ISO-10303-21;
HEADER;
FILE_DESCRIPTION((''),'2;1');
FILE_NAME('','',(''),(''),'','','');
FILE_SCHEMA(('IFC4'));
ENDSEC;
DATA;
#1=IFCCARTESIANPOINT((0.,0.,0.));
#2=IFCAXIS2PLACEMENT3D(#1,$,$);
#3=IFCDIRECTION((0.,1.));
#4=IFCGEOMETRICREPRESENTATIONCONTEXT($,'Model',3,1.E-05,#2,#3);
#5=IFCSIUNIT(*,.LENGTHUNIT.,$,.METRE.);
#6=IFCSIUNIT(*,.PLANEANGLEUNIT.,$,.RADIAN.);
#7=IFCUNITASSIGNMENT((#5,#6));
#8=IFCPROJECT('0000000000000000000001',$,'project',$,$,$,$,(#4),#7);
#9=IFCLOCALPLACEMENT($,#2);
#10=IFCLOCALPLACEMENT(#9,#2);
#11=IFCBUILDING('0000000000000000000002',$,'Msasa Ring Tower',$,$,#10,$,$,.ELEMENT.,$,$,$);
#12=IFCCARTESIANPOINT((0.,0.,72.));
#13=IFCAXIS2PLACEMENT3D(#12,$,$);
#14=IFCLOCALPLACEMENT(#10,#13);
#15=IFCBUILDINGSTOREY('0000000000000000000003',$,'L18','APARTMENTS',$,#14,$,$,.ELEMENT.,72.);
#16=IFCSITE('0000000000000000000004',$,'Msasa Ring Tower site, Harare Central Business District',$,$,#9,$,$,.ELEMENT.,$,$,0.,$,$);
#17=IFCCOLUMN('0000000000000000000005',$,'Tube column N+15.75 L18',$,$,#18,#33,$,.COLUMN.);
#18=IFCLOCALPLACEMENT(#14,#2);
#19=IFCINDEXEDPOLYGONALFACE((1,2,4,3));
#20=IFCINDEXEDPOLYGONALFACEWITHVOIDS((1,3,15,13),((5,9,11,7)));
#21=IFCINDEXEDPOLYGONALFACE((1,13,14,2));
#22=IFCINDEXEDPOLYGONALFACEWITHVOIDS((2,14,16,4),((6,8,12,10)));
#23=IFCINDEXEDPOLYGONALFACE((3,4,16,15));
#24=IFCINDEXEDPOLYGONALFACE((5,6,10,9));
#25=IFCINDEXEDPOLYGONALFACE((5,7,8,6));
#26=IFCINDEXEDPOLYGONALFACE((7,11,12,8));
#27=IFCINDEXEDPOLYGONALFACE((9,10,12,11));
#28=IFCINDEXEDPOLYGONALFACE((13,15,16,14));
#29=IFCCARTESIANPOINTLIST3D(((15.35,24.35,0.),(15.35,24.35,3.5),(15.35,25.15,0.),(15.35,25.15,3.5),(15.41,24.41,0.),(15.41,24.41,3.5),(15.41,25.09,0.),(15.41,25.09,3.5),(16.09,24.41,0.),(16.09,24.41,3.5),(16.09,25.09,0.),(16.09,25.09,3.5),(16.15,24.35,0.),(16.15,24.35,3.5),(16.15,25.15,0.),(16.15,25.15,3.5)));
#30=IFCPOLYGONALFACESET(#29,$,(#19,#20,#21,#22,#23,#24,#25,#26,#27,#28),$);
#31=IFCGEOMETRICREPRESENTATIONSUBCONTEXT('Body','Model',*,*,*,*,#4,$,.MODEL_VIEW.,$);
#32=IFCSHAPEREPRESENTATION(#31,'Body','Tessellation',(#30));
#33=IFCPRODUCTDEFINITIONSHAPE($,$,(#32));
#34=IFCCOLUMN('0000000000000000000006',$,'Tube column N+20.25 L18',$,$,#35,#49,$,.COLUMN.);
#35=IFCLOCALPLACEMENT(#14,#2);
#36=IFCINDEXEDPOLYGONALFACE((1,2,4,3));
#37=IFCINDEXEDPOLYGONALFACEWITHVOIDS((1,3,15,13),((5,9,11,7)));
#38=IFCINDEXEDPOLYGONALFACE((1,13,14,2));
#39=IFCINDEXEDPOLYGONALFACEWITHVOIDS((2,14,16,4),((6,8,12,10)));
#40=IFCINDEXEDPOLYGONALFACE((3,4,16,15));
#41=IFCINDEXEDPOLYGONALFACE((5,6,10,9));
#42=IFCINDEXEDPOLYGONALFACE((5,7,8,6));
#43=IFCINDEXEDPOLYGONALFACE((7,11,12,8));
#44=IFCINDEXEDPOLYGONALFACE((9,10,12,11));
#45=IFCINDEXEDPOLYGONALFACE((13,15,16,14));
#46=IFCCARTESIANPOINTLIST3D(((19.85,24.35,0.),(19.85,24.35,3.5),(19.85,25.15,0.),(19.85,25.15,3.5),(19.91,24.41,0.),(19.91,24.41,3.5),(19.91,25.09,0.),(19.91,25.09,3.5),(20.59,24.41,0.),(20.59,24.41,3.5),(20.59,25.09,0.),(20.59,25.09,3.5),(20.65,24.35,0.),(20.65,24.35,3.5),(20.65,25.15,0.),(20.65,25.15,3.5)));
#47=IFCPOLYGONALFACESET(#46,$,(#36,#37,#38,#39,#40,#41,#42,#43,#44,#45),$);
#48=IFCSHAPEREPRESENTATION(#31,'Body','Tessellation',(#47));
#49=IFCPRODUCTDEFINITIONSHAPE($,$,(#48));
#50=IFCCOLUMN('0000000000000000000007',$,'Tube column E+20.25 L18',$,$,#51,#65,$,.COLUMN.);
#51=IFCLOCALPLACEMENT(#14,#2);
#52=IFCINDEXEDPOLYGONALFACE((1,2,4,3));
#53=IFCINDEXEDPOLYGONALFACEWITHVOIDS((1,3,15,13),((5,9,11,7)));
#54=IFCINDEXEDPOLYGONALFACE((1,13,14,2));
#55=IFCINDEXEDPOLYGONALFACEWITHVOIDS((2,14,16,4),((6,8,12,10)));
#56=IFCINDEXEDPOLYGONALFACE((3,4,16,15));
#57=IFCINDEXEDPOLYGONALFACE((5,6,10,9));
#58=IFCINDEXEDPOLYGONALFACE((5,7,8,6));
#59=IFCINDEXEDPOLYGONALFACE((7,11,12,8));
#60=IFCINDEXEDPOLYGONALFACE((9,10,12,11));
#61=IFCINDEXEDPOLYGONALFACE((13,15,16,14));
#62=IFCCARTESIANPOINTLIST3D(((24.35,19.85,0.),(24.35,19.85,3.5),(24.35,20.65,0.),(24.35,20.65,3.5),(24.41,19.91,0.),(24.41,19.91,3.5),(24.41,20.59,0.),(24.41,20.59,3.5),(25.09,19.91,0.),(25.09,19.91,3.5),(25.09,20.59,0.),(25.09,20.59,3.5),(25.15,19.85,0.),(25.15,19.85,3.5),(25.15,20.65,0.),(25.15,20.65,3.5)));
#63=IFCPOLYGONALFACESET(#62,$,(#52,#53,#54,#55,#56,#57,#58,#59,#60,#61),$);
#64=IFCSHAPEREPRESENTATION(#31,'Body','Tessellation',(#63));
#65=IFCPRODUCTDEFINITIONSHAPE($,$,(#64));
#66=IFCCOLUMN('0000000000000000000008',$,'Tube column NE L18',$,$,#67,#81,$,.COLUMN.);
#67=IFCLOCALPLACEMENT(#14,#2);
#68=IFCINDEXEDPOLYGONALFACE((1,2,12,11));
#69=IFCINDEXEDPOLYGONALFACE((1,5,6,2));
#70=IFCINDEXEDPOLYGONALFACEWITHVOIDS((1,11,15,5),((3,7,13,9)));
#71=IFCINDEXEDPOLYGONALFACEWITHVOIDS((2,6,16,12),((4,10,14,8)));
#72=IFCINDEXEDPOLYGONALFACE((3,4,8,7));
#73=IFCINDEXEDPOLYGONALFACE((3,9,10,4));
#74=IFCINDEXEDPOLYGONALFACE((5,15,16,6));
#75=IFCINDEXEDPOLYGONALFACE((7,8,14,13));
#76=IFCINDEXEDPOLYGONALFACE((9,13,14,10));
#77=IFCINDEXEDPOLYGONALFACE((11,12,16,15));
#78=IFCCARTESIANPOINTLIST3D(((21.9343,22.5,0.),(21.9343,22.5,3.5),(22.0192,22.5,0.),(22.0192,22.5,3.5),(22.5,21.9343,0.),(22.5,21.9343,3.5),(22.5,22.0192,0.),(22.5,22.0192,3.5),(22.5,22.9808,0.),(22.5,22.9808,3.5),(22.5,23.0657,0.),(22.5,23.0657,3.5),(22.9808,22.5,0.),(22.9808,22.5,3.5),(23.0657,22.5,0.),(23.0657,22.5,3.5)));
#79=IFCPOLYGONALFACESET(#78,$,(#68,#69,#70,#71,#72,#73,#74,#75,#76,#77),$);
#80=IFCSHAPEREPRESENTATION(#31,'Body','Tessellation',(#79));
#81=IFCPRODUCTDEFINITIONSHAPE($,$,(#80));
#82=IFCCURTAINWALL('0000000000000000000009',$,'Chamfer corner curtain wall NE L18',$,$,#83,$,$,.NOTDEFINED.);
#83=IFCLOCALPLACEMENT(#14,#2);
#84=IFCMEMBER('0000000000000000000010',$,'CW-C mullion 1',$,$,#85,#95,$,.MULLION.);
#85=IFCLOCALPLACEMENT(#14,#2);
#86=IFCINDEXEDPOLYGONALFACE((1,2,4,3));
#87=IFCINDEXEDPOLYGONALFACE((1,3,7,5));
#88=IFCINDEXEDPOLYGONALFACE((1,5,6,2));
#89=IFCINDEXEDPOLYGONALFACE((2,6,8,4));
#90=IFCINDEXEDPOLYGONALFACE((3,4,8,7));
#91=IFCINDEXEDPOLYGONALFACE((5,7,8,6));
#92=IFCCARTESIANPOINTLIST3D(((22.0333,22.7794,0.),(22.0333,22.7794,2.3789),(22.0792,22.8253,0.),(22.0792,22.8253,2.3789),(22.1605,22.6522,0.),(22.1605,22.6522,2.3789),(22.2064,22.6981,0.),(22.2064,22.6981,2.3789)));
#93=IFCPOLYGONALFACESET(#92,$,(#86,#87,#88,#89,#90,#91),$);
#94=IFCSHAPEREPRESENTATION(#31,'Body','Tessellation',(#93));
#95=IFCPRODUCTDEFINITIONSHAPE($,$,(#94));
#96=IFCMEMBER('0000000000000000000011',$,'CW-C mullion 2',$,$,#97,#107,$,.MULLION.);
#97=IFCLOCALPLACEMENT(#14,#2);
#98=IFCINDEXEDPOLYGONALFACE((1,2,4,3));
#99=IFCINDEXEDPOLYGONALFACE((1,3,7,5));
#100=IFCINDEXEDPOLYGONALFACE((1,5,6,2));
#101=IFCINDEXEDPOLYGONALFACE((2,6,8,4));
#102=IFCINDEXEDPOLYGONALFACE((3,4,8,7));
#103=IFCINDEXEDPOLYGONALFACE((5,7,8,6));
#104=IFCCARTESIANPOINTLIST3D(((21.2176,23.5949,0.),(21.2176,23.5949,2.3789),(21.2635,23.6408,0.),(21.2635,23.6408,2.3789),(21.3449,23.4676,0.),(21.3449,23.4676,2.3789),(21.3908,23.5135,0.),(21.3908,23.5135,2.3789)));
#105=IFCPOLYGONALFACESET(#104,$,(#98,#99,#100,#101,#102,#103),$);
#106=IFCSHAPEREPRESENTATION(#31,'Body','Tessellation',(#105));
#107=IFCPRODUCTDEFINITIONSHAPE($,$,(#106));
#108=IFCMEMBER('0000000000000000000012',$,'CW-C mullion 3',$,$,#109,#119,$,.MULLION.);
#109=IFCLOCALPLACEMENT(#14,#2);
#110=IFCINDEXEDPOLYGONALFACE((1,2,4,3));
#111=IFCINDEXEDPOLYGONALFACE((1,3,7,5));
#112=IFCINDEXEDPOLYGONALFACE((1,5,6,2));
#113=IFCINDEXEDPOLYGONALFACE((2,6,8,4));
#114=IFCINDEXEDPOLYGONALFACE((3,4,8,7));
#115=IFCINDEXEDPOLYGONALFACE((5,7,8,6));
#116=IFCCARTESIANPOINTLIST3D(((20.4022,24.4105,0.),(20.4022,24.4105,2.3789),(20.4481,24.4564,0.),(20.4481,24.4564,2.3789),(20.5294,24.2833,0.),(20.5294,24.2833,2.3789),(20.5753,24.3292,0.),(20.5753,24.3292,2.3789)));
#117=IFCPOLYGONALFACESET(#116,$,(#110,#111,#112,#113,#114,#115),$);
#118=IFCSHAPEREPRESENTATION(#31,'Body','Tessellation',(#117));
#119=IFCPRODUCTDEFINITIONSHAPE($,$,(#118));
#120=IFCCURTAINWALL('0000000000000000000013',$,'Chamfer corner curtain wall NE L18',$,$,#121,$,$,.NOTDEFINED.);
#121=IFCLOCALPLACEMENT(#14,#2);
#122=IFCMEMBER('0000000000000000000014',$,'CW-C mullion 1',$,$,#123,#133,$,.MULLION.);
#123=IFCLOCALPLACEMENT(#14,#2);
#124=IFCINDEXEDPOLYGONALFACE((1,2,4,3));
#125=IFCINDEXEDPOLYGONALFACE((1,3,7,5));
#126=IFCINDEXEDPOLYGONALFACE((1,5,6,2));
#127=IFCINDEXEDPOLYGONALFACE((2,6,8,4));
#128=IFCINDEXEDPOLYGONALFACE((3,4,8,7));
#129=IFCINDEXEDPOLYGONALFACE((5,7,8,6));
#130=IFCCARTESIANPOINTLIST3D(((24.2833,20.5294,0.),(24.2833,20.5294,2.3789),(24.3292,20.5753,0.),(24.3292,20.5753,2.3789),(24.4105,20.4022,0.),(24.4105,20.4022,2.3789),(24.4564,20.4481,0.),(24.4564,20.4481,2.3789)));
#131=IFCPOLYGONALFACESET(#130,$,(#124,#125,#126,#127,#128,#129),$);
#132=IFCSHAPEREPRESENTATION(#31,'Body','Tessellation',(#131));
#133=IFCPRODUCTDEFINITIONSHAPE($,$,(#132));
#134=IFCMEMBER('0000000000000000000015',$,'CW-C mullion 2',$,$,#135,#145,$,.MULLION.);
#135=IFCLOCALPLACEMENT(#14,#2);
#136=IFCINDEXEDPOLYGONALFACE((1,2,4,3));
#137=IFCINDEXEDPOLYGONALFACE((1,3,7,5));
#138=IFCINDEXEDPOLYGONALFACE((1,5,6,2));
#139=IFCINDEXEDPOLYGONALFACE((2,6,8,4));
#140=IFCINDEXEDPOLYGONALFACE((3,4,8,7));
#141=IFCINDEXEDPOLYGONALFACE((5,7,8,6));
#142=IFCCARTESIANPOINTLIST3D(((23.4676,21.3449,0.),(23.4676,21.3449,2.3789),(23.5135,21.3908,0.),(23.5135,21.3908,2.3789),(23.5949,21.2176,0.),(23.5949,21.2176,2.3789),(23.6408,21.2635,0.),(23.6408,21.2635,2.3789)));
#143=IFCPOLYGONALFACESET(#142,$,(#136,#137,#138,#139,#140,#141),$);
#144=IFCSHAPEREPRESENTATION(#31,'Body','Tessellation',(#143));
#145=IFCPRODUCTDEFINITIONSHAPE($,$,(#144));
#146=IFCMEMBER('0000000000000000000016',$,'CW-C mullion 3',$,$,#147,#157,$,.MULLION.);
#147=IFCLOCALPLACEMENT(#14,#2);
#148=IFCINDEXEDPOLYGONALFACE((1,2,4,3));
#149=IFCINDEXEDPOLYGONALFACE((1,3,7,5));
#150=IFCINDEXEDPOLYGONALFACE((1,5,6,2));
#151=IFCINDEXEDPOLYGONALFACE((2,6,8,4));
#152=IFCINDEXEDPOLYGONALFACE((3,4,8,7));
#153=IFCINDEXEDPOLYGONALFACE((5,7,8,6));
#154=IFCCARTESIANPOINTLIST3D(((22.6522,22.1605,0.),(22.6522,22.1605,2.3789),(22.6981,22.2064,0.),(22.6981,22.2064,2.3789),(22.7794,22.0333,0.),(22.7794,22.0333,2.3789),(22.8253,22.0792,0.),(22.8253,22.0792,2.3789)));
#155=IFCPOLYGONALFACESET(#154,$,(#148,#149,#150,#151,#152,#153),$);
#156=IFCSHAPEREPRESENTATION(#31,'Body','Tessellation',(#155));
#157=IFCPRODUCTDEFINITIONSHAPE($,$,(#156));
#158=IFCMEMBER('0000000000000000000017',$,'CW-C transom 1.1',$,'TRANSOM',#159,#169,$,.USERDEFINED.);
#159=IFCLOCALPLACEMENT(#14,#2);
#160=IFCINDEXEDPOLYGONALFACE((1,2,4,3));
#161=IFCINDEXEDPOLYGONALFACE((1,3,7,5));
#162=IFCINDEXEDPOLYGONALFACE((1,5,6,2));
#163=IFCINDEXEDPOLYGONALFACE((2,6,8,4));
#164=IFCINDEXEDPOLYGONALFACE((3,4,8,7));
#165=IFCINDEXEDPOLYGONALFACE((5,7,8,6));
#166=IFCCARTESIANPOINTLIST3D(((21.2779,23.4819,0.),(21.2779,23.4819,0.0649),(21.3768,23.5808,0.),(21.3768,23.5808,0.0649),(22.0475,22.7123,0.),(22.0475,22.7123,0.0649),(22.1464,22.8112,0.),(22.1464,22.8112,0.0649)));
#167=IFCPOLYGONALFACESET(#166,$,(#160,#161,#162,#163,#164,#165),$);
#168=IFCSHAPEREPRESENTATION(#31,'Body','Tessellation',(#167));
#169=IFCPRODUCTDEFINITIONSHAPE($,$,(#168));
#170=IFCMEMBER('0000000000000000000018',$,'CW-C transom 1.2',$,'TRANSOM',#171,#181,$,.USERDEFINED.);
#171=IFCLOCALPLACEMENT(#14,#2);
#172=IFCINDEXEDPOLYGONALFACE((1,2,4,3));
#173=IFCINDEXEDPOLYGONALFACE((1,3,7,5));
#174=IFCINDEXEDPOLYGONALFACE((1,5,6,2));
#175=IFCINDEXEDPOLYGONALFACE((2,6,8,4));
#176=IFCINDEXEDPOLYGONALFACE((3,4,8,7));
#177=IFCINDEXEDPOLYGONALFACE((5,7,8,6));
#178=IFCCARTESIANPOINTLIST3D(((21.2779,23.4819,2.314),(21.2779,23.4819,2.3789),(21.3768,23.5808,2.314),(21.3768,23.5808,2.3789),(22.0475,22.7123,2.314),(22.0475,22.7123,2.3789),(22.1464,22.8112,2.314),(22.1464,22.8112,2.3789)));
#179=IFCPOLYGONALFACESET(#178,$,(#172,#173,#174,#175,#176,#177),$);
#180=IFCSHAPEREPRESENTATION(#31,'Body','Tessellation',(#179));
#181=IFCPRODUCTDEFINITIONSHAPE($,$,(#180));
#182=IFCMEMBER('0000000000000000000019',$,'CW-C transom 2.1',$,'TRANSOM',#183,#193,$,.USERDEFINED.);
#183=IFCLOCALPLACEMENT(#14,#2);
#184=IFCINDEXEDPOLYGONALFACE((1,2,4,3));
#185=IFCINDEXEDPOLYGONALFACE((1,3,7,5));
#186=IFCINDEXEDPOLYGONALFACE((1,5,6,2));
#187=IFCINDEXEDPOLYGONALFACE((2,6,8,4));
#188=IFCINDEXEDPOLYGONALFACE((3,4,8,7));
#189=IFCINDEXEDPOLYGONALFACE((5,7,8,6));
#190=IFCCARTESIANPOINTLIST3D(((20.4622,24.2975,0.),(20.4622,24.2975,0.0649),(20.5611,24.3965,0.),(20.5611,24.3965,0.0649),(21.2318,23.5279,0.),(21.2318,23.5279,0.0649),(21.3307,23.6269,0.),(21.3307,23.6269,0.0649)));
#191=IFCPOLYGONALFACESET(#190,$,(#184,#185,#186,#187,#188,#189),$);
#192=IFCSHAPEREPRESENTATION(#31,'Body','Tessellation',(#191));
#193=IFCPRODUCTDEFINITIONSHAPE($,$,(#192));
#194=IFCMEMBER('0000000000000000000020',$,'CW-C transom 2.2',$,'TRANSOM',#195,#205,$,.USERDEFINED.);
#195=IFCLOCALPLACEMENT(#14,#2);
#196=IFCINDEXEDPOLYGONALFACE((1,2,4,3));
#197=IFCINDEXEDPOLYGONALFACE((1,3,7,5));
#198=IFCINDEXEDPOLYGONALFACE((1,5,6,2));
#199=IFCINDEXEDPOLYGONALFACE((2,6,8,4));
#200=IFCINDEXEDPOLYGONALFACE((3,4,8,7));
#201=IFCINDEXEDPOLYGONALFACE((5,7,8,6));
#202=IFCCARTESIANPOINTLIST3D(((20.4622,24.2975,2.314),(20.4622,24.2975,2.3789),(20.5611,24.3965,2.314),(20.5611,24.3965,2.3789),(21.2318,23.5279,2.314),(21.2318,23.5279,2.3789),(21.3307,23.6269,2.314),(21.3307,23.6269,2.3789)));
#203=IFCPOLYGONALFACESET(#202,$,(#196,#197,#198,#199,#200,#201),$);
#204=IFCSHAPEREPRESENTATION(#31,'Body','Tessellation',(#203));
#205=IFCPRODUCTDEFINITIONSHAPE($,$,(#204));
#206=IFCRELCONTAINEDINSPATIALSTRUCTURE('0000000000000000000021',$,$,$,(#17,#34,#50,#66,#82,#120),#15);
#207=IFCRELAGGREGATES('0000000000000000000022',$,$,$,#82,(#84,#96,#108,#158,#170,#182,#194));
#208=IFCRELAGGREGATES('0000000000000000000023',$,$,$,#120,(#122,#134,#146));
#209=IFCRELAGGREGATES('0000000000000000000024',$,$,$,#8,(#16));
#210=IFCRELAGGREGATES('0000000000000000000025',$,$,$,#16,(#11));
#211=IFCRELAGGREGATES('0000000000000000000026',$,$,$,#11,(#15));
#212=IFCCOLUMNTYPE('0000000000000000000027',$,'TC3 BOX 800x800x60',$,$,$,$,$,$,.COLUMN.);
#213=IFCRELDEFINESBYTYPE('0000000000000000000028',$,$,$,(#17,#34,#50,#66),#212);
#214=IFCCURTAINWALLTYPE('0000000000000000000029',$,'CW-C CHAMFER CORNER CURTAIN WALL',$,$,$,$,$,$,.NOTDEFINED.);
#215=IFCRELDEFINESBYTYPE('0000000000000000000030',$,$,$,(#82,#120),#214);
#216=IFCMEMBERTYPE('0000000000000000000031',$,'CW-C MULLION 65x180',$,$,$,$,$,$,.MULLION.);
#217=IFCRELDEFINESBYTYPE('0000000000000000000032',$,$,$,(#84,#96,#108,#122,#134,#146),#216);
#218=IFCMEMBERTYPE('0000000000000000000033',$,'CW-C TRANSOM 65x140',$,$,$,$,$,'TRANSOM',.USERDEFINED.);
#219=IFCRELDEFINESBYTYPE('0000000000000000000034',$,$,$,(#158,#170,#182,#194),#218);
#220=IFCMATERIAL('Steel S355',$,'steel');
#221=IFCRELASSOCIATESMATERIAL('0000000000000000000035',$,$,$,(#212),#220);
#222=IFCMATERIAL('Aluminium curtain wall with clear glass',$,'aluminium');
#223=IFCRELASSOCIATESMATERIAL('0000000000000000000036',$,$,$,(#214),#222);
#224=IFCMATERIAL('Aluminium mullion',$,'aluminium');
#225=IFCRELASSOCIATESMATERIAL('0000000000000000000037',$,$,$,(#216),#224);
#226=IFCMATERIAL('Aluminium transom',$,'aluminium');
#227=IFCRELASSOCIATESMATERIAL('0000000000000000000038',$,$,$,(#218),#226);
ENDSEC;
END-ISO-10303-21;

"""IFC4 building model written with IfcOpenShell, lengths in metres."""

from ifc_helpers import new_model, si_unit, direction, frame, origin, origin_2d, place, context, subcontext, project, spatial, rectangle, hollow_rectangle, extrude, material, material_profile, profile_set, type_object, element, aggregate, save


model = new_model("IFC4")

# Units and contexts
model_context = context("Model", 3, precision=1e-05, world=origin(), true_north=direction((0.0, 1.0)))
body_context = subcontext(model_context, "Body", "Model", "MODEL_VIEW")
ifc_project = project(units=[si_unit("LENGTHUNIT", "METRE"), si_unit("PLANEANGLEUNIT", "RADIAN")], contexts=[model_context])

# Site, building, storey
site_placement = place(None, origin())
site = spatial("IfcSite", under=ifc_project, at=site_placement, Name="Msasa Ring Tower site, Harare Central Business District", CompositionType="ELEMENT", RefElevation=0.0)
building_placement = place(site_placement, origin())
building = spatial("IfcBuilding", under=site, at=building_placement, Name="Msasa Ring Tower", CompositionType="ELEMENT")
storey_placement = place(building_placement, frame((0.0, 0.0, 72.0)))
storey = spatial("IfcBuildingStorey", under=building, at=storey_placement, Name="L18", Description="APARTMENTS", CompositionType="ELEMENT", Elevation=72.0)

# Columns
ifc_material_1 = material(Name="Steel S355", Category="steel")
ifc_material_profile_1 = material_profile(ifc_material_1, hollow_rectangle(XDim=0.8, YDim=0.8, WallThickness=0.0601, at=origin_2d()), Name="BOX 800x800x60")
ifc_profile_set_1 = profile_set([ifc_material_profile_1], Name="Steel S355")
column_type = type_object("IfcColumnType", Name="TC3 BOX 800x800x60", PredefinedType="COLUMN", material=ifc_profile_set_1)
for number, where, z_axis, x_axis, name in (
    (1, (15.75, 24.75, 0.0), (0.0, 0.0, 1.0), (0.0, 1.0, 0.0), "Tube column N+15.75 L18"),
    (2, (20.25, 24.75, 0.0), (0.0, 0.0, 1.0), (0.0, 1.0, 0.0), "Tube column N+20.25 L18"),
    (3, (24.75, 20.25, 0.0), (0.0, 0.0, 1.0), (1.0, 0.0, 0.0), "Tube column E+20.25 L18"),
    (4, (22.5, 22.5, 0.0), (0.0, 0.0, 1.0), (0.707107, 0.707107, 0.0), "Tube column NE L18"),
):
    element("IfcColumn", number, at=place(storey_placement, frame(where, z_axis=z_axis, x_axis=x_axis)), inside=storey, type_object=column_type, Name=name, PredefinedType="COLUMN", context=body_context, shape_type="SweptSolid", body=[
        extrude(hollow_rectangle(XDim=0.8, YDim=0.8, WallThickness=0.0601, at=origin_2d()), origin(), (0.0, 0.0, 1.0), 3.5),
    ])

# Curtain walls, members
ifc_material_2 = material(Name="Aluminium curtain wall with clear glass", Category="aluminium")
curtain_wall_type = type_object("IfcCurtainWallType", Name="CW-C CHAMFER CORNER CURTAIN WALL", PredefinedType="NOTDEFINED", material=ifc_material_2)
curtain_wall_1_placement = place(storey_placement, origin())
curtain_wall_1 = element("IfcCurtainWall", 5, at=curtain_wall_1_placement, inside=storey, type_object=curtain_wall_type, Name="Chamfer corner curtain wall NE L18", PredefinedType="NOTDEFINED")
ifc_material_3 = material(Name="Aluminium mullion", Category="aluminium")
ifc_material_profile_2 = material_profile(ifc_material_3, rectangle(XDim=0.0649, YDim=0.1799, at=origin_2d()), Name="AL 65x180")
ifc_profile_set_2 = profile_set([ifc_material_profile_2], Name="Aluminium mullion")
member_type_1 = type_object("IfcMemberType", Name="CW-C MULLION 65x180", PredefinedType="MULLION", material=ifc_profile_set_2)
member_1_placement = place(storey_placement, frame((22.1199, 22.7388, 0.0), z_axis=(0.0, 0.0, 1.0), x_axis=(-0.707107, -0.707107, 0.0)))
member_1 = element("IfcMember", 6, at=member_1_placement, type_object=member_type_1, Name="CW-C mullion 1", PredefinedType="MULLION", context=body_context, shape_type="SweptSolid", body=[
    extrude(rectangle(XDim=0.0649, YDim=0.1799, at=origin_2d()), origin(), (0.0, 0.0, 1.0), 2.3789),
])
member_2_placement = place(storey_placement, frame((21.3042, 23.5542, 0.0), z_axis=(0.0, 0.0, 1.0), x_axis=(-0.707107, -0.707107, 0.0)))
member_2 = element("IfcMember", 7, at=member_2_placement, type_object=member_type_1, Name="CW-C mullion 2", PredefinedType="MULLION", context=body_context, shape_type="SweptSolid", body=[
    extrude(rectangle(XDim=0.0649, YDim=0.1799, at=origin_2d()), origin(), (0.0, 0.0, 1.0), 2.3789),
])
member_3_placement = place(storey_placement, frame((20.4888, 24.3699, 0.0), z_axis=(0.0, 0.0, 1.0), x_axis=(-0.707107, -0.707107, 0.0)))
member_3 = element("IfcMember", 8, at=member_3_placement, type_object=member_type_1, Name="CW-C mullion 3", PredefinedType="MULLION", context=body_context, shape_type="SweptSolid", body=[
    extrude(rectangle(XDim=0.0649, YDim=0.1799, at=origin_2d()), origin(), (0.0, 0.0, 1.0), 2.3789),
])
curtain_wall_2_placement = place(storey_placement, origin())
curtain_wall_2 = element("IfcCurtainWall", 9, at=curtain_wall_2_placement, inside=storey, type_object=curtain_wall_type, Name="Chamfer corner curtain wall NE L18", PredefinedType="NOTDEFINED")
member_4_placement = place(storey_placement, frame((24.3699, 20.4888, 0.0), z_axis=(0.0, 0.0, 1.0), x_axis=(-0.707107, -0.707107, 0.0)))
member_4 = element("IfcMember", 10, at=member_4_placement, type_object=member_type_1, Name="CW-C mullion 1", PredefinedType="MULLION", context=body_context, shape_type="SweptSolid", body=[
    extrude(rectangle(XDim=0.0649, YDim=0.1799, at=origin_2d()), origin(), (0.0, 0.0, 1.0), 2.3789),
])
member_5_placement = place(storey_placement, frame((23.5542, 21.3042, 0.0), z_axis=(0.0, 0.0, 1.0), x_axis=(-0.707107, -0.707107, 0.0)))
member_5 = element("IfcMember", 11, at=member_5_placement, type_object=member_type_1, Name="CW-C mullion 2", PredefinedType="MULLION", context=body_context, shape_type="SweptSolid", body=[
    extrude(rectangle(XDim=0.0649, YDim=0.1799, at=origin_2d()), origin(), (0.0, 0.0, 1.0), 2.3789),
])
member_6_placement = place(storey_placement, frame((22.7388, 22.1199, 0.0), z_axis=(0.0, 0.0, 1.0), x_axis=(-0.707107, -0.707107, 0.0)))
member_6 = element("IfcMember", 12, at=member_6_placement, type_object=member_type_1, Name="CW-C mullion 3", PredefinedType="MULLION", context=body_context, shape_type="SweptSolid", body=[
    extrude(rectangle(XDim=0.0649, YDim=0.1799, at=origin_2d()), origin(), (0.0, 0.0, 1.0), 2.3789),
])

# Members
ifc_material_4 = material(Name="Aluminium transom", Category="aluminium")
ifc_material_profile_3 = material_profile(ifc_material_4, rectangle(XDim=0.1399, YDim=0.0649, at=origin_2d()), Name="AL 65x140")
ifc_profile_set_3 = profile_set([ifc_material_profile_3], Name="Aluminium transom")
member_type_2 = type_object("IfcMemberType", Name="CW-C TRANSOM 65x140", ElementType="TRANSOM", PredefinedType="USERDEFINED", material=ifc_profile_set_3)
member_7_placement = place(storey_placement, frame((22.0969, 22.7617, 0.0325), z_axis=(-0.707107, 0.707107, 0.0), x_axis=(-0.707107, -0.707107, 0.0)))
member_7 = element("IfcMember", 13, at=member_7_placement, type_object=member_type_2, Name="CW-C transom 1.1", ObjectType="TRANSOM", PredefinedType="USERDEFINED", context=body_context, shape_type="SweptSolid", body=[
    extrude(rectangle(XDim=0.1399, YDim=0.0649, at=origin_2d()), origin(), (0.0, 0.0, 1.0), 1.0884),
])
member_8_placement = place(storey_placement, frame((22.0969, 22.7617, 2.3464), z_axis=(-0.707107, 0.707107, 0.0), x_axis=(-0.707107, -0.707107, 0.0)))
member_8 = element("IfcMember", 14, at=member_8_placement, type_object=member_type_2, Name="CW-C transom 1.2", ObjectType="TRANSOM", PredefinedType="USERDEFINED", context=body_context, shape_type="SweptSolid", body=[
    extrude(rectangle(XDim=0.1399, YDim=0.0649, at=origin_2d()), origin(), (0.0, 0.0, 1.0), 1.0884),
])
member_9_placement = place(storey_placement, frame((21.2812, 23.5774, 0.0325), z_axis=(-0.707107, 0.707107, 0.0), x_axis=(-0.707107, -0.707107, 0.0)))
member_9 = element("IfcMember", 15, at=member_9_placement, type_object=member_type_2, Name="CW-C transom 2.1", ObjectType="TRANSOM", PredefinedType="USERDEFINED", context=body_context, shape_type="SweptSolid", body=[
    extrude(rectangle(XDim=0.1399, YDim=0.0649, at=origin_2d()), origin(), (0.0, 0.0, 1.0), 1.0884),
])
member_10_placement = place(storey_placement, frame((21.2812, 23.5774, 2.3464), z_axis=(-0.707107, 0.707107, 0.0), x_axis=(-0.707107, -0.707107, 0.0)))
member_10 = element("IfcMember", 16, at=member_10_placement, type_object=member_type_2, Name="CW-C transom 2.2", ObjectType="TRANSOM", PredefinedType="USERDEFINED", context=body_context, shape_type="SweptSolid", body=[
    extrude(rectangle(XDim=0.1399, YDim=0.0649, at=origin_2d()), origin(), (0.0, 0.0, 1.0), 1.0884),
])

aggregate(curtain_wall_1, [member_1, member_2, member_3, member_7, member_8, member_9, member_10])
aggregate(curtain_wall_2, [member_4, member_5, member_6])

save(model, "model.ifc")
